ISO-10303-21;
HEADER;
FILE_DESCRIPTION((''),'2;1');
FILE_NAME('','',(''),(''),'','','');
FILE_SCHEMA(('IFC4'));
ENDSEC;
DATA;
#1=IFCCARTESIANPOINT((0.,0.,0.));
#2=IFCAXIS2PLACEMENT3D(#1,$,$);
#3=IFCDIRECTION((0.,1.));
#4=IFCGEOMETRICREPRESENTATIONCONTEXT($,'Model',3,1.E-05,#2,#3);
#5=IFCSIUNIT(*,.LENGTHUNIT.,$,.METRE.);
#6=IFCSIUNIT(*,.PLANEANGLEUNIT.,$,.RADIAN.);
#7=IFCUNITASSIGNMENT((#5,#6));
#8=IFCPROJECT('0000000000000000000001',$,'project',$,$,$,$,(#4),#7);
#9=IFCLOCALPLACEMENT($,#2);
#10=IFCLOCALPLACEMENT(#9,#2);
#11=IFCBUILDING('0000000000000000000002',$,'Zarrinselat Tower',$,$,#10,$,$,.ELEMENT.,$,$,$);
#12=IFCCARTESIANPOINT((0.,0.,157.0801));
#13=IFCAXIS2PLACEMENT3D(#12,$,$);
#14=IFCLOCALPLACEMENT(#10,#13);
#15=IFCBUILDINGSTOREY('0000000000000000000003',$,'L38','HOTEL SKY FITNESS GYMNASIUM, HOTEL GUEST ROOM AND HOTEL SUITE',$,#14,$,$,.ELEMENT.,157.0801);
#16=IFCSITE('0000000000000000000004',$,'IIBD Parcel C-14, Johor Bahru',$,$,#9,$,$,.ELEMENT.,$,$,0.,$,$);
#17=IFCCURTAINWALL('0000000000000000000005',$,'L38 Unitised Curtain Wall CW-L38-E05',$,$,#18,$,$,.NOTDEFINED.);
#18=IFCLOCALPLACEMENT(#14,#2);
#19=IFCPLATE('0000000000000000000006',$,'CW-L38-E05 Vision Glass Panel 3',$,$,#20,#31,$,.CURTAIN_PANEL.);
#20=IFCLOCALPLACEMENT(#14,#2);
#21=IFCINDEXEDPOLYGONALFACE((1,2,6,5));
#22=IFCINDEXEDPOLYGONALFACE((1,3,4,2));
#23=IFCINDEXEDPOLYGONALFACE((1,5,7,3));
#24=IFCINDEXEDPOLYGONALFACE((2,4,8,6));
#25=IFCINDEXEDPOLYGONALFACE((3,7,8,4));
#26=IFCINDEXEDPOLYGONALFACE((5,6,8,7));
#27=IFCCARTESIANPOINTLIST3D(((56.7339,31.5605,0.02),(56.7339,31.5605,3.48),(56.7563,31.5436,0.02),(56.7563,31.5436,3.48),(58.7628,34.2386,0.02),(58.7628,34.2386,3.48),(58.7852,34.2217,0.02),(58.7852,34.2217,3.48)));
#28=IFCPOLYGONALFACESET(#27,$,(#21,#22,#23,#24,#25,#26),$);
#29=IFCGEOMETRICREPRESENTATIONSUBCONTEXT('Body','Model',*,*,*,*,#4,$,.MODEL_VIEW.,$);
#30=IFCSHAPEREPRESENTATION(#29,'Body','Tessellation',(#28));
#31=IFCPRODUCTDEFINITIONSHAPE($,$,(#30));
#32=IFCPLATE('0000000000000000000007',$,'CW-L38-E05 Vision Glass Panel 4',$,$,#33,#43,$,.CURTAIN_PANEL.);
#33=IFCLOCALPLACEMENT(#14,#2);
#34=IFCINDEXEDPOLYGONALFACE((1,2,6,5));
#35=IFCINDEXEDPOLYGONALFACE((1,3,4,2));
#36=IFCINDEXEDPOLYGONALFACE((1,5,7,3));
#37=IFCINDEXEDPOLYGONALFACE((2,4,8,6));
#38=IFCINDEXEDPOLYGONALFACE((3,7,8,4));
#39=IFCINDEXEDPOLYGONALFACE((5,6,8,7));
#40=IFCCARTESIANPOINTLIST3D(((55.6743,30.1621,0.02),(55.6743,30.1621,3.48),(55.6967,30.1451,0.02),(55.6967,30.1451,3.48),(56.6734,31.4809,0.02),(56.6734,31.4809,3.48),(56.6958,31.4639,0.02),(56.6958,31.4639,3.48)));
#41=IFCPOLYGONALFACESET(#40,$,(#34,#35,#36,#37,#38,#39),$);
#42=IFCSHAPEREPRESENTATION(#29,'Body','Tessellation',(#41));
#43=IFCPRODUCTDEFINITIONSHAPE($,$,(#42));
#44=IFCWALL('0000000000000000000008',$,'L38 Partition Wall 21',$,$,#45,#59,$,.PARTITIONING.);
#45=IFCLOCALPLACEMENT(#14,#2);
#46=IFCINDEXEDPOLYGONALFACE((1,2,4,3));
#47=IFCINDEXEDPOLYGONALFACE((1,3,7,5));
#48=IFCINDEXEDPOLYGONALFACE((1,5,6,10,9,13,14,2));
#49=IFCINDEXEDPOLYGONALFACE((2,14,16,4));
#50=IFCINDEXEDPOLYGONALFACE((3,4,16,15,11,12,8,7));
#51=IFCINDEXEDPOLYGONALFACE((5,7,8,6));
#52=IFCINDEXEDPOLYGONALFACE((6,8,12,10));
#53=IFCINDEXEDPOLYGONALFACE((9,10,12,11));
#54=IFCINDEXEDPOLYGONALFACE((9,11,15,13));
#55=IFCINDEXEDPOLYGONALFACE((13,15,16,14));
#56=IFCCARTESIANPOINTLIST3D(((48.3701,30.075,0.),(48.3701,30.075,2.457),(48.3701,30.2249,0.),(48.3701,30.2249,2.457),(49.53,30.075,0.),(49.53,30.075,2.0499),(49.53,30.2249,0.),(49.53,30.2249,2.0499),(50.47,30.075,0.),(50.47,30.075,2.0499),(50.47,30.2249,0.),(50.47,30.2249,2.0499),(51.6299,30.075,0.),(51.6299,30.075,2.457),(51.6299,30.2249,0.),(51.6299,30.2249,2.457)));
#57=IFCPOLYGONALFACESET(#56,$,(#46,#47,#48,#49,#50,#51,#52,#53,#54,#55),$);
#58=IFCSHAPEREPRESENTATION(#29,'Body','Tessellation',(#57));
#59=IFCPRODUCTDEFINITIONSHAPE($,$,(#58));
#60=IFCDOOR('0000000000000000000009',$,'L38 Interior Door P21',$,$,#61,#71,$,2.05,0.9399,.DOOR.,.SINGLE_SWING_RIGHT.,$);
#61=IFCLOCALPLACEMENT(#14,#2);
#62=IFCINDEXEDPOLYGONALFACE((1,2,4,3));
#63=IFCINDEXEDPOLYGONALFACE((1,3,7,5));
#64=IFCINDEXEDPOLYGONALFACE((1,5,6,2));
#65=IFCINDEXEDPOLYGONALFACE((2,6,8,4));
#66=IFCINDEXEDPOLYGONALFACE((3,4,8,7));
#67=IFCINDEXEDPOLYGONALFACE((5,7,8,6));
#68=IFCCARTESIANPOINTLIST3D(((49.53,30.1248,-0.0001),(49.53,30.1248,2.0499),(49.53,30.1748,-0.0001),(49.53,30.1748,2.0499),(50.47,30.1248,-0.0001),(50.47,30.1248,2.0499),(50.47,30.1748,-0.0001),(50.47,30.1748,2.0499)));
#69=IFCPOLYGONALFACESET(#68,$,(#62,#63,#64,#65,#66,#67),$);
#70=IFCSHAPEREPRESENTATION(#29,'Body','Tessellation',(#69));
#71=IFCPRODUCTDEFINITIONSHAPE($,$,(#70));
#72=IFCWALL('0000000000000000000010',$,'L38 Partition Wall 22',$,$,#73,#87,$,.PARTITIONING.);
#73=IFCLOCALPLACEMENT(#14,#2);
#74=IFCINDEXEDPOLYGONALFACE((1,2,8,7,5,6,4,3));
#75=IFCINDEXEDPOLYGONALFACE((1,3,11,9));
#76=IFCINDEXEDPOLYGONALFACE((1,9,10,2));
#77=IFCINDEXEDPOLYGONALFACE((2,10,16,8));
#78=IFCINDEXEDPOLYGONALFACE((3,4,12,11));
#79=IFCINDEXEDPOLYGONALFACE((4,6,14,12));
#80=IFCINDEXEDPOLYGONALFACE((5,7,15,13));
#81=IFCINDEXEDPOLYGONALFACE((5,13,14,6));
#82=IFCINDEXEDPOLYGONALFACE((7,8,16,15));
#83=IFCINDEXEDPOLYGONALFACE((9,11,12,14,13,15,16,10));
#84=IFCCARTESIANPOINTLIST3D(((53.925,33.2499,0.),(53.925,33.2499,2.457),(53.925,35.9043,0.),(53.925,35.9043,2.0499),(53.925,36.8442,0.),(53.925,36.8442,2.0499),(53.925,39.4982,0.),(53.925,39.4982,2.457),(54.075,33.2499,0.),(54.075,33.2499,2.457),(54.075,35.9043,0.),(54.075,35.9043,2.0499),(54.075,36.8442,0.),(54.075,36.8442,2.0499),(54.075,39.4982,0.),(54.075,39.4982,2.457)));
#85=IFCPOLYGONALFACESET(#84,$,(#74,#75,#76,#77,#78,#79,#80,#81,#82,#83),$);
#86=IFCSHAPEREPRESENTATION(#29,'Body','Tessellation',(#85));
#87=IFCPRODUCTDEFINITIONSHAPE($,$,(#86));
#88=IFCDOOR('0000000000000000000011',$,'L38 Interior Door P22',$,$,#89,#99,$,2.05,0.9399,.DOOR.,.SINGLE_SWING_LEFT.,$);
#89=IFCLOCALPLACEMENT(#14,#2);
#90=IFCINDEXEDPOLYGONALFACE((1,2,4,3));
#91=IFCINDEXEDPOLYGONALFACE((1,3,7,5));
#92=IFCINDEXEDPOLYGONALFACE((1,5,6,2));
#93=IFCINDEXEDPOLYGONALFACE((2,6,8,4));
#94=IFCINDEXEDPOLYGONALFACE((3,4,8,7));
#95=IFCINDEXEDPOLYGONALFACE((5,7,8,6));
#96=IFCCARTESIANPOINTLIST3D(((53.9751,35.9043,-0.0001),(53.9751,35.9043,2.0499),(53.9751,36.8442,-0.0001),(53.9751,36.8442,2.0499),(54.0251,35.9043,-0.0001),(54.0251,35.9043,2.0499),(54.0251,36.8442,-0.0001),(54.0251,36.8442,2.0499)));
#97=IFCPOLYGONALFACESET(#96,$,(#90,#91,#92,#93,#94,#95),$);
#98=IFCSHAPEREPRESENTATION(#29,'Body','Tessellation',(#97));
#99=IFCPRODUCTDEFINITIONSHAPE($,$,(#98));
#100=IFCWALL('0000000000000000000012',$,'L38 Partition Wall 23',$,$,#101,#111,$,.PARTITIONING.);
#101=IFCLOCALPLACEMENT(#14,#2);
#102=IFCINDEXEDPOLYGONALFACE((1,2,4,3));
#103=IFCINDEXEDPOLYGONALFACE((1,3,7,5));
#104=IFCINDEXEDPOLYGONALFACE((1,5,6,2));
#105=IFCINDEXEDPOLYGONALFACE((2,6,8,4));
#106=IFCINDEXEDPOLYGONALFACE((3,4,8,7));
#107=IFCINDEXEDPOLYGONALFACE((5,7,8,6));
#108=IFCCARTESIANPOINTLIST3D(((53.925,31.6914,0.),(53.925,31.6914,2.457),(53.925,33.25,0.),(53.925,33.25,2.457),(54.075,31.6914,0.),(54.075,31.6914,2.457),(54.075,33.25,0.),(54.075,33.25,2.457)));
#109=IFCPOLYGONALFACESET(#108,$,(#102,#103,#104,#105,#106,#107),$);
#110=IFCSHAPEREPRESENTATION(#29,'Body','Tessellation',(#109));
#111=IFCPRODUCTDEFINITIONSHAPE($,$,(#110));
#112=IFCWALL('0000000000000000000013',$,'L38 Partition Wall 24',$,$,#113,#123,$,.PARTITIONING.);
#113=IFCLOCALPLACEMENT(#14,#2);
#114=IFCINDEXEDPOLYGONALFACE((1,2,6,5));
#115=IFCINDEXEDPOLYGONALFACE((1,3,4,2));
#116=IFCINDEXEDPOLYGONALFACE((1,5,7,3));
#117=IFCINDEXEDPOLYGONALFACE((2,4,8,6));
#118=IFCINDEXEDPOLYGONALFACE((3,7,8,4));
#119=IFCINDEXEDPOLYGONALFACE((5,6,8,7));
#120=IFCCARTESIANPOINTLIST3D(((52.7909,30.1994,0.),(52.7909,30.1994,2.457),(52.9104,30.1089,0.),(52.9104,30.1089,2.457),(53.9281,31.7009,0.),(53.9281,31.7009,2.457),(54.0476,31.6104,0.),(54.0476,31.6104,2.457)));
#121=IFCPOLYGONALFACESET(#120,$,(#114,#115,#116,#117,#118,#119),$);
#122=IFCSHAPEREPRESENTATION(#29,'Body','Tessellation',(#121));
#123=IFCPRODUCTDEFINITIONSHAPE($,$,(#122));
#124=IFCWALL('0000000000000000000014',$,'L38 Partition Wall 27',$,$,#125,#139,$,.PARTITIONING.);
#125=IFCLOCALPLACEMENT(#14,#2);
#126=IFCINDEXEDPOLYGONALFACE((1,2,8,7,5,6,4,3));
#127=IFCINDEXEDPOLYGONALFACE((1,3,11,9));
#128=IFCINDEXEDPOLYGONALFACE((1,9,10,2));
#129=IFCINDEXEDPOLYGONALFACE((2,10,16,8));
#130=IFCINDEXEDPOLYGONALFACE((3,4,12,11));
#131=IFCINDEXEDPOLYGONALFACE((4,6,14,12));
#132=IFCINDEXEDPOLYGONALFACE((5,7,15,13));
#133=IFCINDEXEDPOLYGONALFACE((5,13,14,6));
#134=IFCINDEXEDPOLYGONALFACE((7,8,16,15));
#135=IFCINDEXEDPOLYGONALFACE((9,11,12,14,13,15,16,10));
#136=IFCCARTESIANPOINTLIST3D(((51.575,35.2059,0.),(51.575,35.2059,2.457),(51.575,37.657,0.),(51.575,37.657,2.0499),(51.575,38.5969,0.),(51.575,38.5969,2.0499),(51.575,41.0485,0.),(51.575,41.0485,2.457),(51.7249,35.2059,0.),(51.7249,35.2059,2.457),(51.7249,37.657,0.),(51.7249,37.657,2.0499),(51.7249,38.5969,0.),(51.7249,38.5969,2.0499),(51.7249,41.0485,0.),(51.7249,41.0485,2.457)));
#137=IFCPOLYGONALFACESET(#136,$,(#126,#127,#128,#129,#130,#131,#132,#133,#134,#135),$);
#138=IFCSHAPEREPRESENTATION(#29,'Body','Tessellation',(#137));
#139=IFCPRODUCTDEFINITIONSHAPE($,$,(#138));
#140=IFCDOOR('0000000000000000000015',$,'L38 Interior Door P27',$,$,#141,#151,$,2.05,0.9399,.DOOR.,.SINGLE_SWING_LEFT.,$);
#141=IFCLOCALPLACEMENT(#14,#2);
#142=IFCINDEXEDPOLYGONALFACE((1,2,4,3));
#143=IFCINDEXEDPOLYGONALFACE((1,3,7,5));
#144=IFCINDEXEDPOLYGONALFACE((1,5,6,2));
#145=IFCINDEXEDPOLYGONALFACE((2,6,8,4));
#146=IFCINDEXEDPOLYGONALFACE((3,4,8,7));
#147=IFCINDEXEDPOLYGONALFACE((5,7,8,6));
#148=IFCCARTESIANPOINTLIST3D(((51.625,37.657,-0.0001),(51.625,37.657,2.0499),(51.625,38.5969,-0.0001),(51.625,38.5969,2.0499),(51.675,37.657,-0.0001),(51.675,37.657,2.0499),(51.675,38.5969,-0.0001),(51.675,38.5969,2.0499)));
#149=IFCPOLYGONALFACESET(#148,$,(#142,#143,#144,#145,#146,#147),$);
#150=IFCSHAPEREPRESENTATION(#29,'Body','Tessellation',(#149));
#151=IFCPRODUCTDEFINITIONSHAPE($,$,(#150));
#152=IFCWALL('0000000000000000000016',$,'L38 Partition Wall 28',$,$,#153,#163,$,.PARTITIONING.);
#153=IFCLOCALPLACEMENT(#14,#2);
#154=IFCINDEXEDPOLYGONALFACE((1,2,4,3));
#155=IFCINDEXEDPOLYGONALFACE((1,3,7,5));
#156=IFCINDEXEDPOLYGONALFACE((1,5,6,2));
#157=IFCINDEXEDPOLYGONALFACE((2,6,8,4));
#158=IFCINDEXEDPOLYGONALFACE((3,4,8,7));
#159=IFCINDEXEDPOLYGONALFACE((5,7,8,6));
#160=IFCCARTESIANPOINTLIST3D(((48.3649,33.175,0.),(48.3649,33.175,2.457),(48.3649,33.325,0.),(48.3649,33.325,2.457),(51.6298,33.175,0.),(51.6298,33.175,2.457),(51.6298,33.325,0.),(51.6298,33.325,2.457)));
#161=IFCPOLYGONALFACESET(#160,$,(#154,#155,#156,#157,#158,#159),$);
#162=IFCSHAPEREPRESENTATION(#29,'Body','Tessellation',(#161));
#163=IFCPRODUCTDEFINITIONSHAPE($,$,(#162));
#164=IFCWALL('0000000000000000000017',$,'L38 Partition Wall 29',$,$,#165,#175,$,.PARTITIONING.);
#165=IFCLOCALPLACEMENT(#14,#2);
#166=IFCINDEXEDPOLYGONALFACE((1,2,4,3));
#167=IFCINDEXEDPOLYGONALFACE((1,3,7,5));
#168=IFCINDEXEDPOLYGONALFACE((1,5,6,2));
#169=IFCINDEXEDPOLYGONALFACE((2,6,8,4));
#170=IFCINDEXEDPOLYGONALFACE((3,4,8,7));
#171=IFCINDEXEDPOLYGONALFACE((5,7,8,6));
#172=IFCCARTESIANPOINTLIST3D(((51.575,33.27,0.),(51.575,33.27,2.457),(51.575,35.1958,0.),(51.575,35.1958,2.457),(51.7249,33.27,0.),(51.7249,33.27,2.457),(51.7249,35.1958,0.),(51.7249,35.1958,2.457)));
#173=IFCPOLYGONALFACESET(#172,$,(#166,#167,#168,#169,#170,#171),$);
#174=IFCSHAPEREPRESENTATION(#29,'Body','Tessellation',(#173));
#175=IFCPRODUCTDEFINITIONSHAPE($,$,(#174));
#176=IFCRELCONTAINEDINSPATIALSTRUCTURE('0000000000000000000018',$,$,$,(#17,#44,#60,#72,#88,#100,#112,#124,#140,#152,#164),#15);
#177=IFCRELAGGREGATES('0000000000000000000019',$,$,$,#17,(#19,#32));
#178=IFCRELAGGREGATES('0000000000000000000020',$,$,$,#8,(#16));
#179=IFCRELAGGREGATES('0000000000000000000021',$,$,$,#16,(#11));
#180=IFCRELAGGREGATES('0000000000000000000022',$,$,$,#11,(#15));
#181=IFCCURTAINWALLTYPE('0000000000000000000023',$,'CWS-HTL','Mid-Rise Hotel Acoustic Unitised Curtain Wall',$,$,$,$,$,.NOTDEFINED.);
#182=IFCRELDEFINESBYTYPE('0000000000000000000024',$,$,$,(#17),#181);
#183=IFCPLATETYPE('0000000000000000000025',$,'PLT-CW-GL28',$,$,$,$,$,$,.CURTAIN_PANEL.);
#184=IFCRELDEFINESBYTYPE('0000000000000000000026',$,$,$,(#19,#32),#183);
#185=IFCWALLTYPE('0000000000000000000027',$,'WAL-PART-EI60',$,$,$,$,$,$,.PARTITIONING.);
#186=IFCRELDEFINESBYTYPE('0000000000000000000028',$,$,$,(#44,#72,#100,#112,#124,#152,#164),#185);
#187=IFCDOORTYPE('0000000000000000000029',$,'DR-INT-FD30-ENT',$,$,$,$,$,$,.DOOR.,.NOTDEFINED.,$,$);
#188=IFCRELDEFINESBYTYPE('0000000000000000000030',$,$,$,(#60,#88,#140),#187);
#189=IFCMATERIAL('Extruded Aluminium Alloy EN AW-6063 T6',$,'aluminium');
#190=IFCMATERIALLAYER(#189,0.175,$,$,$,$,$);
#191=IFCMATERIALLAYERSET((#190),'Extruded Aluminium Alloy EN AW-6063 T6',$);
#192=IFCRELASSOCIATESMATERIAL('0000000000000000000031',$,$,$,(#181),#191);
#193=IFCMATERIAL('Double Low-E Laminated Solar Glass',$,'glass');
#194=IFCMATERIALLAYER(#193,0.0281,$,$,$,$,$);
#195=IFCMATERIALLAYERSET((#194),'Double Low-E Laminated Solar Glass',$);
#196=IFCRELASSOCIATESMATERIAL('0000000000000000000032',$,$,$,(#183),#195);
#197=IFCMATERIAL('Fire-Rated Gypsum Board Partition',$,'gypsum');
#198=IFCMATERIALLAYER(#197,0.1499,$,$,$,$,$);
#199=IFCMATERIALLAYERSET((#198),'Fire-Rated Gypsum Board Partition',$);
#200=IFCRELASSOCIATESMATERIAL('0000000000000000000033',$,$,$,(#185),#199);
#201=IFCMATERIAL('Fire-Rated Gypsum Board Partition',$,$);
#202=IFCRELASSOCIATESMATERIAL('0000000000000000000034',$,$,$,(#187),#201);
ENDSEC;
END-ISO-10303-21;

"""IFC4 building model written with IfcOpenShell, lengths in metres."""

from ifc_helpers import new_model, si_unit, direction, frame, frame_2d, origin, origin_2d, place, context, subcontext, project, spatial, rectangle, extrude, material, layer, layer_set, type_object, element, fill, aggregate, save


model = new_model("IFC4")

# Units and contexts
model_context = context("Model", 3, precision=1e-05, world=origin(), true_north=direction((0.0, 1.0)))
body_context = subcontext(model_context, "Body", "Model", "MODEL_VIEW")
ifc_project = project(units=[si_unit("LENGTHUNIT", "METRE"), si_unit("PLANEANGLEUNIT", "RADIAN")], contexts=[model_context])

# Site, building, storey
site_placement = place(None, origin())
site = spatial("IfcSite", under=ifc_project, at=site_placement, Name="IIBD Parcel C-14, Johor Bahru", CompositionType="ELEMENT", RefElevation=0.0)
building_placement = place(site_placement, origin())
building = spatial("IfcBuilding", under=site, at=building_placement, Name="Zarrinselat Tower", CompositionType="ELEMENT")
storey_placement = place(building_placement, frame((0.0, 0.0, 157.0801)))
storey = spatial("IfcBuildingStorey", under=building, at=storey_placement, Name="L38", Description="HOTEL SKY FITNESS GYMNASIUM, HOTEL GUEST ROOM AND HOTEL SUITE", CompositionType="ELEMENT", Elevation=157.0801)

# Curtain wall, plates
ifc_material_1 = material(Name="Extruded Aluminium Alloy EN AW-6063 T6", Category="aluminium")
ifc_layer_1 = layer(ifc_material_1, 0.175)
ifc_layer_set_1 = layer_set([ifc_layer_1], Name="Extruded Aluminium Alloy EN AW-6063 T6")
curtain_wall_type = type_object("IfcCurtainWallType", Name="CWS-HTL", Description="Mid-Rise Hotel Acoustic Unitised Curtain Wall", PredefinedType="NOTDEFINED", material=ifc_layer_set_1)
curtain_wall_placement = place(storey_placement, origin())
curtain_wall = element("IfcCurtainWall", 1, at=curtain_wall_placement, inside=storey, type_object=curtain_wall_type, Name="L38 Unitised Curtain Wall CW-L38-E05", PredefinedType="NOTDEFINED")
ifc_material_2 = material(Name="Double Low-E Laminated Solar Glass", Category="glass")
ifc_layer_2 = layer(ifc_material_2, 0.0281)
ifc_layer_set_2 = layer_set([ifc_layer_2], Name="Double Low-E Laminated Solar Glass")
plate_type = type_object("IfcPlateType", Name="PLT-CW-GL28", PredefinedType="CURTAIN_PANEL", material=ifc_layer_set_2)
plate_1_placement = place(storey_placement, frame((57.7595, 32.8911, 0.02), z_axis=(0.0, 0.0, 1.0), x_axis=(-0.603859, -0.797092, 0.0)))
plate_1 = element("IfcPlate", 2, at=plate_1_placement, type_object=plate_type, Name="CW-L38-E05 Vision Glass Panel 3", PredefinedType="CURTAIN_PANEL", context=body_context, shape_type="SweptSolid", body=[
    extrude(rectangle(XDim=3.3599, YDim=0.0281, at=origin_2d()), origin(), (0.0, 0.0, 1.0), 3.46),
])
plate_2_placement = place(storey_placement, frame((56.1851, 30.813, 0.02), z_axis=(0.0, 0.0, 1.0), x_axis=(-0.603859, -0.797092, 0.0)))
plate_2 = element("IfcPlate", 3, at=plate_2_placement, type_object=plate_type, Name="CW-L38-E05 Vision Glass Panel 4", PredefinedType="CURTAIN_PANEL", context=body_context, shape_type="SweptSolid", body=[
    extrude(rectangle(XDim=1.6545, YDim=0.0281, at=origin_2d()), origin(), (0.0, 0.0, 1.0), 3.46),
])
aggregate(curtain_wall, [plate_1, plate_2])

# Walls, openings, doors
ifc_material_3 = material(Name="Fire-Rated Gypsum Board Partition", Category="gypsum")
ifc_layer_3 = layer(ifc_material_3, 0.1499)
ifc_layer_set_3 = layer_set([ifc_layer_3], Name="Fire-Rated Gypsum Board Partition")
wall_type_1 = type_object("IfcWallType", Name="WAL-PART-EI60", PredefinedType="PARTITIONING", material=ifc_layer_set_3)
wall_1_placement = place(storey_placement, frame((48.3701, 30.1499, 0.0), z_axis=(0.0, 0.0, 1.0), x_axis=(1.0, 0.0, 0.0)))
wall_1 = element("IfcWall", 4, at=wall_1_placement, inside=storey, type_object=wall_type_1, Name="L38 Partition Wall 21", PredefinedType="PARTITIONING", context=body_context, shape_type="SweptSolid", body=[
    extrude(rectangle(XDim=3.2598, YDim=0.1499, at=frame_2d((1.6299, 0.0))), origin(), (0.0, 0.0, 1.0), 2.457),
])
opening_1_placement = place(wall_1_placement, frame((1.1599, 0.0, 0.0)))
opening_1 = element("IfcOpeningElement", 5, at=opening_1_placement, cuts=wall_1, PredefinedType="OPENING", context=body_context, shape_type="SweptSolid", body=[
    extrude(rectangle(XDim=0.9399, YDim=2.05, at=frame_2d((0.47, 1.0249))), frame((0.0, 0.085, 0.0), z_axis=(0.0, -1.0, 0.0), x_axis=(1.0, 0.0, 0.0)), (0.0, 0.0, 1.0), 0.1699),
])
ifc_material_4 = material(Name="Fire-Rated Gypsum Board Partition")
door_type = type_object("IfcDoorType", Name="DR-INT-FD30-ENT", OperationType="NOTDEFINED", PredefinedType="DOOR", material=ifc_material_4)
door_1_placement = place(opening_1_placement, origin())
door_1 = element("IfcDoor", 6, at=door_1_placement, inside=storey, type_object=door_type, Name="L38 Interior Door P21", OperationType="SINGLE_SWING_RIGHT", OverallHeight=2.05, OverallWidth=0.9399, PredefinedType="DOOR", context=body_context, shape_type="SweptSolid", body=[
    extrude(rectangle(XDim=0.9399, YDim=2.05, at=frame_2d((0.47, 1.0249))), frame((0.0, 0.0249, 0.0), z_axis=(0.0, -1.0, 0.0), x_axis=(1.0, 0.0, 0.0)), (0.0, 0.0, 1.0), 0.05),
])
fill(opening_1, door_1)
wall_2_placement = place(storey_placement, frame((54.0, 33.25, 0.0), z_axis=(0.0, 0.0, 1.0), x_axis=(0.0, 1.0, 0.0)))
wall_2 = element("IfcWall", 7, at=wall_2_placement, inside=storey, type_object=wall_type_1, Name="L38 Partition Wall 22", PredefinedType="PARTITIONING", context=body_context, shape_type="SweptSolid", body=[
    extrude(rectangle(XDim=6.2483, YDim=0.1499, at=frame_2d((3.124, 0.0))), origin(), (0.0, 0.0, 1.0), 2.457),
])
opening_2_placement = place(wall_2_placement, frame((2.6543, 0.0, 0.0)))
opening_2 = element("IfcOpeningElement", 8, at=opening_2_placement, cuts=wall_2, PredefinedType="OPENING", context=body_context, shape_type="SweptSolid", body=[
    extrude(rectangle(XDim=0.9399, YDim=2.05, at=frame_2d((0.47, 1.0249))), frame((0.0, 0.085, 0.0), z_axis=(0.0, -1.0, 0.0), x_axis=(1.0, 0.0, 0.0)), (0.0, 0.0, 1.0), 0.1699),
])
door_2_placement = place(opening_2_placement, origin())
door_2 = element("IfcDoor", 9, at=door_2_placement, inside=storey, type_object=door_type, Name="L38 Interior Door P22", OperationType="SINGLE_SWING_LEFT", OverallHeight=2.05, OverallWidth=0.9399, PredefinedType="DOOR", context=body_context, shape_type="SweptSolid", body=[
    extrude(rectangle(XDim=0.9399, YDim=2.05, at=frame_2d((0.47, 1.0249))), frame((0.0, 0.0249, 0.0), z_axis=(0.0, -1.0, 0.0), x_axis=(1.0, 0.0, 0.0)), (0.0, 0.0, 1.0), 0.05),
])
fill(opening_2, door_2)

# Walls
wall_3_placement = place(storey_placement, frame((54.0, 31.6914, 0.0), z_axis=(0.0, 0.0, 1.0), x_axis=(0.0, 1.0, 0.0)))
element("IfcWall", 10, at=wall_3_placement, inside=storey, type_object=wall_type_1, Name="L38 Partition Wall 23", PredefinedType="PARTITIONING", context=body_context, shape_type="SweptSolid", body=[
    extrude(rectangle(XDim=1.5586, YDim=0.1499, at=frame_2d((0.7793, 0.0))), origin(), (0.0, 0.0, 1.0), 2.457),
])
wall_4_placement = place(storey_placement, frame((52.8506, 30.1541, 0.0), z_axis=(0.0, 0.0, 1.0), x_axis=(0.603768, 0.79716, 0.0)))
element("IfcWall", 11, at=wall_4_placement, inside=storey, type_object=wall_type_1, Name="L38 Partition Wall 24", PredefinedType="PARTITIONING", context=body_context, shape_type="SweptSolid", body=[
    extrude(rectangle(XDim=1.8835, YDim=0.1499, at=frame_2d((0.9419, 0.0))), origin(), (0.0, 0.0, 1.0), 2.457),
])

# Wall, opening, door
wall_5_placement = place(storey_placement, frame((51.6499, 35.2058, 0.0), z_axis=(0.0, 0.0, 1.0), x_axis=(0.0, 1.0, 0.0)))
wall_5 = element("IfcWall", 12, at=wall_5_placement, inside=storey, type_object=wall_type_1, Name="L38 Partition Wall 27", PredefinedType="PARTITIONING", context=body_context, shape_type="SweptSolid", body=[
    extrude(rectangle(XDim=5.8425, YDim=0.1499, at=frame_2d((2.9214, 0.0))), origin(), (0.0, 0.0, 1.0), 2.457),
])
opening_3_placement = place(wall_5_placement, frame((2.4512, 0.0, 0.0)))
opening_3 = element("IfcOpeningElement", 13, at=opening_3_placement, cuts=wall_5, PredefinedType="OPENING", context=body_context, shape_type="SweptSolid", body=[
    extrude(rectangle(XDim=0.9399, YDim=2.05, at=frame_2d((0.47, 1.0249))), frame((0.0, 0.085, 0.0), z_axis=(0.0, -1.0, 0.0), x_axis=(1.0, 0.0, 0.0)), (0.0, 0.0, 1.0), 0.1699),
])
door_3_placement = place(opening_3_placement, origin())
door_3 = element("IfcDoor", 14, at=door_3_placement, inside=storey, type_object=door_type, Name="L38 Interior Door P27", OperationType="SINGLE_SWING_LEFT", OverallHeight=2.05, OverallWidth=0.9399, PredefinedType="DOOR", context=body_context, shape_type="SweptSolid", body=[
    extrude(rectangle(XDim=0.9399, YDim=2.05, at=frame_2d((0.47, 1.0249))), frame((0.0, 0.0249, 0.0), z_axis=(0.0, -1.0, 0.0), x_axis=(1.0, 0.0, 0.0)), (0.0, 0.0, 1.0), 0.05),
])
fill(opening_3, door_3)

# Walls
wall_6_placement = place(storey_placement, frame((48.365, 33.25, 0.0), z_axis=(0.0, 0.0, 1.0), x_axis=(1.0, 0.0, 0.0)))
element("IfcWall", 15, at=wall_6_placement, inside=storey, type_object=wall_type_1, Name="L38 Partition Wall 28", PredefinedType="PARTITIONING", context=body_context, shape_type="SweptSolid", body=[
    extrude(rectangle(XDim=3.2649, YDim=0.1499, at=frame_2d((1.6323, 0.0))), origin(), (0.0, 0.0, 1.0), 2.457),
])
wall_7_placement = place(storey_placement, frame((51.6499, 33.27, 0.0), z_axis=(0.0, 0.0, 1.0), x_axis=(0.0, 1.0, 0.0)))
element("IfcWall", 16, at=wall_7_placement, inside=storey, type_object=wall_type_1, Name="L38 Partition Wall 29", PredefinedType="PARTITIONING", context=body_context, shape_type="SweptSolid", body=[
    extrude(rectangle(XDim=1.9258, YDim=0.1499, at=frame_2d((0.9629, 0.0))), origin(), (0.0, 0.0, 1.0), 2.457),
])

save(model, "model.ifc")
